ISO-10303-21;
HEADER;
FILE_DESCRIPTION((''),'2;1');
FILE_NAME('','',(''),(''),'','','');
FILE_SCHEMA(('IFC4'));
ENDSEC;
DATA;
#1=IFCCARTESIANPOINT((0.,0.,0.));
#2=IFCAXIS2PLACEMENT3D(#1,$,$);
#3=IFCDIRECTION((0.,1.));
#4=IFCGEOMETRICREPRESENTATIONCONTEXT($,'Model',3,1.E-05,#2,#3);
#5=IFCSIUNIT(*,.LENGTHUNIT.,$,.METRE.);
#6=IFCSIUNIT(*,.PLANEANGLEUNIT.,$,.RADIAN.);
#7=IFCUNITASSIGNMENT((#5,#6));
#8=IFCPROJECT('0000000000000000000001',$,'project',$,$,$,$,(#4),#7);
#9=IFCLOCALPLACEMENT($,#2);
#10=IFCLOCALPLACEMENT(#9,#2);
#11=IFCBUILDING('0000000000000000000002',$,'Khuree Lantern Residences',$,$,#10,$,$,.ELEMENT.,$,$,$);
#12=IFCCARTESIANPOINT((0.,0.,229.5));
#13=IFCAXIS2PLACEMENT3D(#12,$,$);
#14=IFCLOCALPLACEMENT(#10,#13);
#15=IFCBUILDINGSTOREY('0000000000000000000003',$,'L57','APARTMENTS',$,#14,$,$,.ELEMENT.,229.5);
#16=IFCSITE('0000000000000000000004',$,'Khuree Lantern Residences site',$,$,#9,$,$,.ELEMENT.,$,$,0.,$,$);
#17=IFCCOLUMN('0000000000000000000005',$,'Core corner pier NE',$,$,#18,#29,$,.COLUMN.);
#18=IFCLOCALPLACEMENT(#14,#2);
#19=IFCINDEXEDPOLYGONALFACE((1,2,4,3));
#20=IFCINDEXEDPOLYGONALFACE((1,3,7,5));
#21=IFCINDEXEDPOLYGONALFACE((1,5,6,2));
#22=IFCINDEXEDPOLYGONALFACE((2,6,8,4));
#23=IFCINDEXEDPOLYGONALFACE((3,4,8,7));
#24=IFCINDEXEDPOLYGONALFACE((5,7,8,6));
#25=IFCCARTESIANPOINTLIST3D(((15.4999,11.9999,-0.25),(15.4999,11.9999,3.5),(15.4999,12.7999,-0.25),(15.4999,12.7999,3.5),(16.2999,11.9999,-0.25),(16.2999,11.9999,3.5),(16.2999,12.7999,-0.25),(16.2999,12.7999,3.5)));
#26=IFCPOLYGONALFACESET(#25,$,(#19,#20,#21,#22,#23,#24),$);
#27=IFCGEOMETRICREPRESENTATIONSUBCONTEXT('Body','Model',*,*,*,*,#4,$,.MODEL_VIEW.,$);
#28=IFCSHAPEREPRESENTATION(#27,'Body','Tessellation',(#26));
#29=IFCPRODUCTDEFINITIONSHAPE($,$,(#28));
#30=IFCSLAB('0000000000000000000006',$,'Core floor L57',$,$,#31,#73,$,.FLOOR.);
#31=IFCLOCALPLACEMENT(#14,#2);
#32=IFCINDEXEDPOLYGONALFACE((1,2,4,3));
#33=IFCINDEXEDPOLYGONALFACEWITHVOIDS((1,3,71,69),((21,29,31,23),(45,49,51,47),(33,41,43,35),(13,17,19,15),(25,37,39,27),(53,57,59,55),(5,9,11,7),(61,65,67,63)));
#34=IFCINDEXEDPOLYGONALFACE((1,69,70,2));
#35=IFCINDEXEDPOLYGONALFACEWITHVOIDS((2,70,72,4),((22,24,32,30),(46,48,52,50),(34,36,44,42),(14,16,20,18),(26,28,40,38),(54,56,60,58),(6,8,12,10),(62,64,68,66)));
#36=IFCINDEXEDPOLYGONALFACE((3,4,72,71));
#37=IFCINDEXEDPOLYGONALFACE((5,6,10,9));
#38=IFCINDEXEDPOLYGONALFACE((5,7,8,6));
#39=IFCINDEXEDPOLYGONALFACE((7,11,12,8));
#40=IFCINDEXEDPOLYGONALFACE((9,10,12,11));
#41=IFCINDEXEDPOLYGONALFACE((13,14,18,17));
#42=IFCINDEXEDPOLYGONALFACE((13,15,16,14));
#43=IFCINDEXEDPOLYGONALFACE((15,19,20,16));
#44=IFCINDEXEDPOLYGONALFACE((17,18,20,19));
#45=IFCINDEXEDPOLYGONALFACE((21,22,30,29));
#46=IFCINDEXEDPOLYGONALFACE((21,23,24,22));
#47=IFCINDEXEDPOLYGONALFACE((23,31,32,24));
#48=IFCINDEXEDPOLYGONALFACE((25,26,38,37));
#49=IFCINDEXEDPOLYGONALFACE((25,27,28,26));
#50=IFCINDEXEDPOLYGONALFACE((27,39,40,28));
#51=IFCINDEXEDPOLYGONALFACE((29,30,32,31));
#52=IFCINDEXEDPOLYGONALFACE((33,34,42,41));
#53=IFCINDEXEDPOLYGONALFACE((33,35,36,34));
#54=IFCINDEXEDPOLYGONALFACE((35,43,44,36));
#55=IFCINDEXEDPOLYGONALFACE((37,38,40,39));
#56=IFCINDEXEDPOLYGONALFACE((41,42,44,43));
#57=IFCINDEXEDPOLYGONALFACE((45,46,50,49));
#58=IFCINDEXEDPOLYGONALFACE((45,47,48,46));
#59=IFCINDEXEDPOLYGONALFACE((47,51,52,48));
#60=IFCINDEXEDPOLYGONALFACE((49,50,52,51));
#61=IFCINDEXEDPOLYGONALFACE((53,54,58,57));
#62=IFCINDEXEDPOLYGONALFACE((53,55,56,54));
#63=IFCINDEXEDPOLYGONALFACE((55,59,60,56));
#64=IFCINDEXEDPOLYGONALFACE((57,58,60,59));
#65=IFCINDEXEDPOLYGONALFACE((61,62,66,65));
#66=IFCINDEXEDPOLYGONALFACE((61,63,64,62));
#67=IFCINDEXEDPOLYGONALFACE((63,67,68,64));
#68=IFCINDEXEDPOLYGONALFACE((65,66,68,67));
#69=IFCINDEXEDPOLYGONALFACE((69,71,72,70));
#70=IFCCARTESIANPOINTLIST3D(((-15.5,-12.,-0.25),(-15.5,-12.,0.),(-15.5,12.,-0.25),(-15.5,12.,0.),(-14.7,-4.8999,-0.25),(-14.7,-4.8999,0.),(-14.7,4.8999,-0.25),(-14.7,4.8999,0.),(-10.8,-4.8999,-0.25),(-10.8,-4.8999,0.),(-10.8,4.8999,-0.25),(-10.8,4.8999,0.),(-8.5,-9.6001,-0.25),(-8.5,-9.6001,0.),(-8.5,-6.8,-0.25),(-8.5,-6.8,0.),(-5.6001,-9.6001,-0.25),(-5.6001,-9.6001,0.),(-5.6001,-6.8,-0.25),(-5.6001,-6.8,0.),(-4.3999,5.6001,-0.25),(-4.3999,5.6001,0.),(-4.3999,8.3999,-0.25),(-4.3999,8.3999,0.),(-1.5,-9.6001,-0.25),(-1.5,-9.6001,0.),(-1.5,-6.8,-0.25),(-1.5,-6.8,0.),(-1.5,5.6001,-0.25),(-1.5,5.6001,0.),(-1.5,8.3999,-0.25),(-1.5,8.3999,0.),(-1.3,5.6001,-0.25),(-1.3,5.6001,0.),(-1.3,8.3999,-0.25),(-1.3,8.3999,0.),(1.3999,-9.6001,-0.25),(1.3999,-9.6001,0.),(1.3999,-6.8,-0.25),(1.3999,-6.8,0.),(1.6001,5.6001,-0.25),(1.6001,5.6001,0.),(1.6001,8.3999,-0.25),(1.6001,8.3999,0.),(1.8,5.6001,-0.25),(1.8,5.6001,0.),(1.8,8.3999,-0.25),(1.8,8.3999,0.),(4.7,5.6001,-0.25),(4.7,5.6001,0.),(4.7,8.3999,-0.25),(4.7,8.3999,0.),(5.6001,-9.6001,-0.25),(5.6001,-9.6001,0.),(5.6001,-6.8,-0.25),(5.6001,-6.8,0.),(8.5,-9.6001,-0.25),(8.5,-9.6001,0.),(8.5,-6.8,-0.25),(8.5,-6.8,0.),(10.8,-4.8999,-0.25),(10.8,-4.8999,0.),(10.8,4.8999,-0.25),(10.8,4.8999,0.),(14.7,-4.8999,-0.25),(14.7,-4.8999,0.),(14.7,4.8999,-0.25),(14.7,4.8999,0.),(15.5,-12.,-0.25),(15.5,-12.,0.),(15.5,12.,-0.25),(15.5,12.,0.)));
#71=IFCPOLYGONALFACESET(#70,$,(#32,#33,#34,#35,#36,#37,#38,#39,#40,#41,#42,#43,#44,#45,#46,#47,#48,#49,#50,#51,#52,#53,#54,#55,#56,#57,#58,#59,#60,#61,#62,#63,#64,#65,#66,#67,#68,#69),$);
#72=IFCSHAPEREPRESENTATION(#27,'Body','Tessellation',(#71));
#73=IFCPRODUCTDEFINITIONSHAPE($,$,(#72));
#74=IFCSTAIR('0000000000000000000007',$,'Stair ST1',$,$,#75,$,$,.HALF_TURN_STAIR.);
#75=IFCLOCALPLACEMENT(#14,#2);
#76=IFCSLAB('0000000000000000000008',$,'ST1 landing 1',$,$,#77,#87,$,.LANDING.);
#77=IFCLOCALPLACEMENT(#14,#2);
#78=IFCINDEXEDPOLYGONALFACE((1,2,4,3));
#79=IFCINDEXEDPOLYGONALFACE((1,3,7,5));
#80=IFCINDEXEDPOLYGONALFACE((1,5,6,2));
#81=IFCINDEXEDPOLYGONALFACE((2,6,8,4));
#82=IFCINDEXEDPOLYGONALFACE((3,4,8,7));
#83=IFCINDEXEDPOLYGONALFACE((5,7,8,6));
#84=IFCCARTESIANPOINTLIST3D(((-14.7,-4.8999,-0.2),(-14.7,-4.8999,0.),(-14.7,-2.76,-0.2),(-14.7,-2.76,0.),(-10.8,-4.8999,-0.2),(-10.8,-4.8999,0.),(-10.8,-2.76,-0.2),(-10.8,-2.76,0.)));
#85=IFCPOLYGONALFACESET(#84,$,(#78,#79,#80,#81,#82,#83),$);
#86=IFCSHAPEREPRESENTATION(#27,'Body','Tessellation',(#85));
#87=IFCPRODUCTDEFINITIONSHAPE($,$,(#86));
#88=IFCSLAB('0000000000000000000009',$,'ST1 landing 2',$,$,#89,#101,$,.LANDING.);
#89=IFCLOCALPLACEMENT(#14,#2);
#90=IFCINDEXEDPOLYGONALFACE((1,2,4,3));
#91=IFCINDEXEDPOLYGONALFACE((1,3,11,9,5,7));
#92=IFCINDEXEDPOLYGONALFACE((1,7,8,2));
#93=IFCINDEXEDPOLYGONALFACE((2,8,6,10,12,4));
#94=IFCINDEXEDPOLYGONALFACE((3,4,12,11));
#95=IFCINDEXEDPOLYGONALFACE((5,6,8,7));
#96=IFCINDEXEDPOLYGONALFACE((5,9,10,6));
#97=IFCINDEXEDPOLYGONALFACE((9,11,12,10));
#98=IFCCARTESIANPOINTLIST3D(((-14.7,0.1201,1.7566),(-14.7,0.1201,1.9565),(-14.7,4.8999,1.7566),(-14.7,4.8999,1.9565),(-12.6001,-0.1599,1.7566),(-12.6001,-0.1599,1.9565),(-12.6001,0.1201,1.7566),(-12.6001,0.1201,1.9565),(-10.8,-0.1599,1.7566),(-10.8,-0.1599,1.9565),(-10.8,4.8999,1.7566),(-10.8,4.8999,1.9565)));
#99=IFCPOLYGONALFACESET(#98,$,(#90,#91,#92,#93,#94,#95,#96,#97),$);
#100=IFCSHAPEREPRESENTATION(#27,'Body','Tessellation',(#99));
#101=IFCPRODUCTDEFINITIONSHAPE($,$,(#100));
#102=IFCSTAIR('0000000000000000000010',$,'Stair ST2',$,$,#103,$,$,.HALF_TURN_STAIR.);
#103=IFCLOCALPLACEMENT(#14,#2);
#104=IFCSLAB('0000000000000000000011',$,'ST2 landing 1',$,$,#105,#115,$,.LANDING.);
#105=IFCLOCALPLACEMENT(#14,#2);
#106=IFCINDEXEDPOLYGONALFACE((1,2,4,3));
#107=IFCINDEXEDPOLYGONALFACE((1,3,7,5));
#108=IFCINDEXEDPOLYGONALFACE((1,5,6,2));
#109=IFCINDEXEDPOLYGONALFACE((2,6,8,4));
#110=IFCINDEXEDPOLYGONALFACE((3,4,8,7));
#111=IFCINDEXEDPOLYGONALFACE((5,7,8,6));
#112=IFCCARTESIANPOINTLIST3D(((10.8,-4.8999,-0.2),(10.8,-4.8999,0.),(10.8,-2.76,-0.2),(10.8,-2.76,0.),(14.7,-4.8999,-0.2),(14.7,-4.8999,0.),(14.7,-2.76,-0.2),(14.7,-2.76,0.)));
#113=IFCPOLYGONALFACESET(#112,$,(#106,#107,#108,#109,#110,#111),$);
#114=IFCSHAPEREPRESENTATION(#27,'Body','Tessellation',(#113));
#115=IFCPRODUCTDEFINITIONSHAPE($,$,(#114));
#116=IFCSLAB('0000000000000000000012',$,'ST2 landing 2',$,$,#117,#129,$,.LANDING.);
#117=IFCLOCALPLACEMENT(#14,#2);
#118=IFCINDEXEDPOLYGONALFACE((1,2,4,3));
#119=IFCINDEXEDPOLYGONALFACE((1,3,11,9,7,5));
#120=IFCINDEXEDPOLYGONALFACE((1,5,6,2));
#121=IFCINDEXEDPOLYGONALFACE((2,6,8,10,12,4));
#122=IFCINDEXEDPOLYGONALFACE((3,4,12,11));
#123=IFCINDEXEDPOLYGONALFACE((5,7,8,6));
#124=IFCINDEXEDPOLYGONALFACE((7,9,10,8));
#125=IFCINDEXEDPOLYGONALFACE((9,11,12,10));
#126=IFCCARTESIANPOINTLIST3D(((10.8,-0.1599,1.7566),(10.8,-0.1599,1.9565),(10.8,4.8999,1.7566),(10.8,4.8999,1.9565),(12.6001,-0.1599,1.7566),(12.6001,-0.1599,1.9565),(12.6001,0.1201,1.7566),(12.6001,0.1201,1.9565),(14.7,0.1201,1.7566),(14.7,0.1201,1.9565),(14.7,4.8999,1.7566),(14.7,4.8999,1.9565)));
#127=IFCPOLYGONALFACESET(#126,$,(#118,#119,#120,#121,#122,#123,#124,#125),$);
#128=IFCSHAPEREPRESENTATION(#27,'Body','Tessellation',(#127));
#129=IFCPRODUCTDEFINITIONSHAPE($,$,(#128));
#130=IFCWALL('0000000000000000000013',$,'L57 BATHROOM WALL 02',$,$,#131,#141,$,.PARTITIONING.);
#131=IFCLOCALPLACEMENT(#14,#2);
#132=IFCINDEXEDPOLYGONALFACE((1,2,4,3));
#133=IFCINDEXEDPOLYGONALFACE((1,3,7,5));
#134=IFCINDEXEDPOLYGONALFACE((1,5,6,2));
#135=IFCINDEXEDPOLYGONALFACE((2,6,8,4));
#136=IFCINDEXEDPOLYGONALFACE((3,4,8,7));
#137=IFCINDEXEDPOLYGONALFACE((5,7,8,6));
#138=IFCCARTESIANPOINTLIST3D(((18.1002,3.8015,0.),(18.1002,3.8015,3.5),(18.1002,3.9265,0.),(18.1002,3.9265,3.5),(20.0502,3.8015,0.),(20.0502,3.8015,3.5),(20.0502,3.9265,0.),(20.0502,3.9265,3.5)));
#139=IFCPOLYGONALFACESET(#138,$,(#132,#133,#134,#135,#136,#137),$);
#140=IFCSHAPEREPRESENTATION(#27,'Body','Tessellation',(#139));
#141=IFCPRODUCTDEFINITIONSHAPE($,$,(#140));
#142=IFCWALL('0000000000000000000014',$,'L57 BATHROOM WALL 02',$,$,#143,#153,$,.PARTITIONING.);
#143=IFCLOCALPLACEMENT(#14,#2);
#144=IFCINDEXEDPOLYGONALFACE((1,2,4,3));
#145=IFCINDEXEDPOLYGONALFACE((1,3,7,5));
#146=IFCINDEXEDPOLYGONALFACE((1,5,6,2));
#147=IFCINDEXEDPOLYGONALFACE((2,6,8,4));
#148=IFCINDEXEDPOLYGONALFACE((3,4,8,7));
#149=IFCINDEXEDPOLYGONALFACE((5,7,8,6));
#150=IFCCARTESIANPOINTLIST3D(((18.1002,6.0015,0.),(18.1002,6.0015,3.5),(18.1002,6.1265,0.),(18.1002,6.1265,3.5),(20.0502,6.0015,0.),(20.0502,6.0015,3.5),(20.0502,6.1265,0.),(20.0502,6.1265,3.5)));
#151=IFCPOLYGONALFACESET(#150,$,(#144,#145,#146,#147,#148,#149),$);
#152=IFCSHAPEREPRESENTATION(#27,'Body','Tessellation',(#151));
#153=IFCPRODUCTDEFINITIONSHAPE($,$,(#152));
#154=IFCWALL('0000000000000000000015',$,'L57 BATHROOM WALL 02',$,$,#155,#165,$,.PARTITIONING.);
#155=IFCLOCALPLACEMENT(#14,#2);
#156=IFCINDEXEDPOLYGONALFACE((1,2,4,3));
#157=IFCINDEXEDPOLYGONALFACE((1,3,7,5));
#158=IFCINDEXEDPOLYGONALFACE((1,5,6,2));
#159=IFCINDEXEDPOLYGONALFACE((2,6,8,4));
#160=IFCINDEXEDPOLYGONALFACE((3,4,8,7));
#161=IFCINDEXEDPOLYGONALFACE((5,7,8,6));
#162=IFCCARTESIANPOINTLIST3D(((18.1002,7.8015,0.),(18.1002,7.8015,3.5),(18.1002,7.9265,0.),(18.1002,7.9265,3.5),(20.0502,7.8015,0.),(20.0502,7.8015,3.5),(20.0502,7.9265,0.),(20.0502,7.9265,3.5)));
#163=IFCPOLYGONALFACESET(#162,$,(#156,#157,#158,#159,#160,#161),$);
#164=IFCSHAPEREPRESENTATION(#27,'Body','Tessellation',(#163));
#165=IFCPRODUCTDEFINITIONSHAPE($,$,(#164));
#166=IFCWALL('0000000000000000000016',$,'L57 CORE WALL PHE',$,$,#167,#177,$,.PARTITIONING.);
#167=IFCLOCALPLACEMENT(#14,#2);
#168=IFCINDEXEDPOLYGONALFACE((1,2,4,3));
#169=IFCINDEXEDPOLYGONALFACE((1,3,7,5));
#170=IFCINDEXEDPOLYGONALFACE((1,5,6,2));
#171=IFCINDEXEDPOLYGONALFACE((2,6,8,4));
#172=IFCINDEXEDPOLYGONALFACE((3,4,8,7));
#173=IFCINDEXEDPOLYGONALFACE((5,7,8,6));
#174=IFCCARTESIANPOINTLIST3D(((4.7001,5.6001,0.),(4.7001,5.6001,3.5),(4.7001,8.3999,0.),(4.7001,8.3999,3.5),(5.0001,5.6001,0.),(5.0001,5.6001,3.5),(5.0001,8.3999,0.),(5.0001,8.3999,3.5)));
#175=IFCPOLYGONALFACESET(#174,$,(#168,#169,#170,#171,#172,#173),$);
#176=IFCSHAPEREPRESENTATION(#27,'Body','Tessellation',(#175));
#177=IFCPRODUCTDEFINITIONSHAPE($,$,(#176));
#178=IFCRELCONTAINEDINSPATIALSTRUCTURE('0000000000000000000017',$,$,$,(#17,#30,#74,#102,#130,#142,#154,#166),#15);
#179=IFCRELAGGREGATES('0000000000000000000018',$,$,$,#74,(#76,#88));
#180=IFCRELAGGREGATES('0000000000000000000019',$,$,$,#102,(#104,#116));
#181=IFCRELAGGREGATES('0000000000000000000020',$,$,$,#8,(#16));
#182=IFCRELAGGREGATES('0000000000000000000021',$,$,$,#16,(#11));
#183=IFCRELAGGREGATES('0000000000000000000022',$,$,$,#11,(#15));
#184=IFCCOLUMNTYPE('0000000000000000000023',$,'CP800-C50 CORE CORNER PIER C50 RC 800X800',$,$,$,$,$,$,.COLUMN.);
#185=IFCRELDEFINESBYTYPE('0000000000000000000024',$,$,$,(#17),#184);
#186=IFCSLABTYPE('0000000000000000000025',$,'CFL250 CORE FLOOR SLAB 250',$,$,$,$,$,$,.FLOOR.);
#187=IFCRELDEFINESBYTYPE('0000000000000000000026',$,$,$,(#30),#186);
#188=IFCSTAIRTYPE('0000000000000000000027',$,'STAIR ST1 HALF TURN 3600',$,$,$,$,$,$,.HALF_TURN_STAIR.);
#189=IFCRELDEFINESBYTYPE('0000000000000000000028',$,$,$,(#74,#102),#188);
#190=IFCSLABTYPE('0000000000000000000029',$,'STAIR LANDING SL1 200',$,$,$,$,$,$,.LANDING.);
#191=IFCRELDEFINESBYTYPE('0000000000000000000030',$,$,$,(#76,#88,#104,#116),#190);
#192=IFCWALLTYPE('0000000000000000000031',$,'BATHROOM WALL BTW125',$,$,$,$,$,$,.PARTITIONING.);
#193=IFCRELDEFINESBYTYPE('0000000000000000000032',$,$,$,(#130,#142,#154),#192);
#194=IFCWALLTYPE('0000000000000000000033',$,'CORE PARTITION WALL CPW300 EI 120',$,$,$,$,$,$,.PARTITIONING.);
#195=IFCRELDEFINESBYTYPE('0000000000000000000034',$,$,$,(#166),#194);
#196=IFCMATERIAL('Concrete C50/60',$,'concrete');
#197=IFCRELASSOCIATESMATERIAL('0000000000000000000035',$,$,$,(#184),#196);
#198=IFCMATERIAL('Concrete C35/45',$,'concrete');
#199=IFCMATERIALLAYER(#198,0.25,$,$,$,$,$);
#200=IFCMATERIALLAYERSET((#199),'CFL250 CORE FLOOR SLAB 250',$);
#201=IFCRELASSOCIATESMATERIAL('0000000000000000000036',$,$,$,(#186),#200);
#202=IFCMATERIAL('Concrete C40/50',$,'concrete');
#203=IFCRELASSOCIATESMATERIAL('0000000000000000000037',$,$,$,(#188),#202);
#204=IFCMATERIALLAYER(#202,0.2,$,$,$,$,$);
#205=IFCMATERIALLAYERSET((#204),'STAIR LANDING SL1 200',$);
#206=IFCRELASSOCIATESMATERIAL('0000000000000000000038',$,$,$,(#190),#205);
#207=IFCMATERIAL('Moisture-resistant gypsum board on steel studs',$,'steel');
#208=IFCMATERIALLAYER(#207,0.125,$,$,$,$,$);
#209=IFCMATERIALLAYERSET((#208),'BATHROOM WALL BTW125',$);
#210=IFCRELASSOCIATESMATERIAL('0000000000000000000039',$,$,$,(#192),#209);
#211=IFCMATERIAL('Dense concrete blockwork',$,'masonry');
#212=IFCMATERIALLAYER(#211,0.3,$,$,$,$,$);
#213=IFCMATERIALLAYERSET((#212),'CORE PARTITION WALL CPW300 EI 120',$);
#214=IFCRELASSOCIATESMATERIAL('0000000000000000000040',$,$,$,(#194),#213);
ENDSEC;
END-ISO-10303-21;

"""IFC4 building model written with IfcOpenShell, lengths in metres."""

from ifc_helpers import new_model, si_unit, direction, frame, frame_2d, origin, origin_2d, place, context, subcontext, project, spatial, polyline, rectangle, outline, extrude, material, layer, layer_set, material_profile, profile_set, type_object, element, aggregate, save


model = new_model("IFC4")

# Units and contexts
model_context = context("Model", 3, precision=1e-05, world=origin(), true_north=direction((0.0, 1.0)))
body_context = subcontext(model_context, "Body", "Model", "MODEL_VIEW")
ifc_project = project(units=[si_unit("LENGTHUNIT", "METRE"), si_unit("PLANEANGLEUNIT", "RADIAN")], contexts=[model_context])

# Site, building, storey
site_placement = place(None, origin())
site = spatial("IfcSite", under=ifc_project, at=site_placement, Name="Khuree Lantern Residences site", CompositionType="ELEMENT", RefElevation=0.0)
building_placement = place(site_placement, origin())
building = spatial("IfcBuilding", under=site, at=building_placement, Name="Khuree Lantern Residences", CompositionType="ELEMENT")
storey_placement = place(building_placement, frame((0.0, 0.0, 229.5)))
storey = spatial("IfcBuildingStorey", under=building, at=storey_placement, Name="L57", Description="APARTMENTS", CompositionType="ELEMENT", Elevation=229.5)

# Column
ifc_material_1 = material(Name="Concrete C50/60", Category="concrete")
ifc_material_profile = material_profile(ifc_material_1, rectangle(XDim=0.8, YDim=0.8, at=origin_2d()), Name="RC 800X800")
ifc_profile_set = profile_set([ifc_material_profile], Name="Concrete C50/60")
column_type = type_object("IfcColumnType", Name="CP800-C50 CORE CORNER PIER C50 RC 800X800", PredefinedType="COLUMN", material=ifc_profile_set)
column_placement = place(storey_placement, frame((15.8999, 12.3999, -0.25), z_axis=(0.0, 0.0, 1.0), x_axis=(1.0, 0.0, 0.0)))
element("IfcColumn", 1, at=column_placement, inside=storey, type_object=column_type, Name="Core corner pier NE", PredefinedType="COLUMN", context=body_context, shape_type="SweptSolid", body=[
    extrude(rectangle(XDim=0.8, YDim=0.8, at=origin_2d()), origin(), (0.0, 0.0, 1.0), 3.75),
])

# Slab
ifc_material_2 = material(Name="Concrete C35/45", Category="concrete")
ifc_layer_1 = layer(ifc_material_2, 0.25)
ifc_layer_set_1 = layer_set([ifc_layer_1], Name="CFL250 CORE FLOOR SLAB 250")
slab_type_1 = type_object("IfcSlabType", Name="CFL250 CORE FLOOR SLAB 250", PredefinedType="FLOOR", material=ifc_layer_set_1)
slab_1_placement = place(storey_placement, frame((0.0, 0.0, -0.25)))
element("IfcSlab", 2, at=slab_1_placement, inside=storey, type_object=slab_type_1, Name="Core floor L57", PredefinedType="FLOOR", context=body_context, shape_type="SweptSolid", body=[
    extrude(outline(polyline([(-15.5, -12.0), (-15.5, 12.0), (15.5, 12.0), (15.5, -12.0), (-15.5, -12.0)]), holes=[polyline([(10.8, 4.8999), (10.8, -4.8999), (14.7, -4.8999), (14.7, 4.8999), (10.8, 4.8999)]), polyline([(5.6001, -6.8), (5.6001, -9.6001), (8.5, -9.6001), (8.5, -6.8), (5.6001, -6.8)]), polyline([(1.8, 8.3999), (1.8, 5.6001), (4.7, 5.6001), (4.7, 8.3999), (1.8, 8.3999)]), polyline([(-1.3, 8.3999), (-1.3, 5.6001), (1.6001, 5.6001), (1.6001, 8.3999), (-1.3, 8.3999)]), polyline([(-1.5, -6.8), (-1.5, -9.6001), (1.3999, -9.6001), (1.3999, -6.8), (-1.5, -6.8)]), polyline([(-4.3999, 8.3999), (-4.3999, 5.6001), (-1.5, 5.6001), (-1.5, 8.3999), (-4.3999, 8.3999)]), polyline([(-8.5, -6.8), (-8.5, -9.6001), (-5.6001, -9.6001), (-5.6001, -6.8), (-8.5, -6.8)]), polyline([(-14.7, 4.8999), (-14.7, -4.8999), (-10.8, -4.8999), (-10.8, 4.8999), (-14.7, 4.8999)])]), origin(), (0.0, 0.0, 1.0), 0.25),
])

# Stairs, slabs
ifc_material_3 = material(Name="Concrete C40/50", Category="concrete")
stair_type = type_object("IfcStairType", Name="STAIR ST1 HALF TURN 3600", PredefinedType="HALF_TURN_STAIR", material=ifc_material_3)
stair_1_placement = place(storey_placement, origin())
stair_1 = element("IfcStair", 3, at=stair_1_placement, inside=storey, type_object=stair_type, Name="Stair ST1", PredefinedType="HALF_TURN_STAIR")
ifc_layer_2 = layer(ifc_material_3, 0.2)
ifc_layer_set_2 = layer_set([ifc_layer_2], Name="STAIR LANDING SL1 200")
slab_type_2 = type_object("IfcSlabType", Name="STAIR LANDING SL1 200", PredefinedType="LANDING", material=ifc_layer_set_2)
slab_2_placement = place(storey_placement, frame((0.0, 0.0, -0.2)))
slab_2 = element("IfcSlab", 4, at=slab_2_placement, type_object=slab_type_2, Name="ST1 landing 1", PredefinedType="LANDING", context=body_context, shape_type="SweptSolid", body=[
    extrude(outline(polyline([(-14.7, -4.8999), (-10.8, -4.8999), (-10.8, -2.76), (-14.7, -2.76), (-14.7, -4.8999)])), origin(), (0.0, 0.0, 1.0), 0.2),
])
slab_3_placement = place(storey_placement, frame((0.0, 0.0, 1.7566)))
slab_3 = element("IfcSlab", 5, at=slab_3_placement, type_object=slab_type_2, Name="ST1 landing 2", PredefinedType="LANDING", context=body_context, shape_type="SweptSolid", body=[
    extrude(outline(polyline([(-14.7, 0.1201), (-14.7, 4.8999), (-10.8, 4.8999), (-10.8, -0.1599), (-12.6001, -0.1599), (-12.6001, 0.1201), (-14.7, 0.1201)])), origin(), (0.0, 0.0, 1.0), 0.2),
])
aggregate(stair_1, [slab_2, slab_3])
stair_2_placement = place(storey_placement, origin())
stair_2 = element("IfcStair", 6, at=stair_2_placement, inside=storey, type_object=stair_type, Name="Stair ST2", PredefinedType="HALF_TURN_STAIR")
slab_4_placement = place(storey_placement, frame((0.0, 0.0, -0.2)))
slab_4 = element("IfcSlab", 7, at=slab_4_placement, type_object=slab_type_2, Name="ST2 landing 1", PredefinedType="LANDING", context=body_context, shape_type="SweptSolid", body=[
    extrude(outline(polyline([(10.8, -4.8999), (14.7, -4.8999), (14.7, -2.76), (10.8, -2.76), (10.8, -4.8999)])), origin(), (0.0, 0.0, 1.0), 0.2),
])
slab_5_placement = place(storey_placement, frame((0.0, 0.0, 1.7566)))
slab_5 = element("IfcSlab", 8, at=slab_5_placement, type_object=slab_type_2, Name="ST2 landing 2", PredefinedType="LANDING", context=body_context, shape_type="SweptSolid", body=[
    extrude(outline(polyline([(14.7, 4.8999), (14.7, 0.1201), (12.6001, 0.1201), (12.6001, -0.1599), (10.8, -0.1599), (10.8, 4.8999), (14.7, 4.8999)])), origin(), (0.0, 0.0, 1.0), 0.2),
])
aggregate(stair_2, [slab_4, slab_5])

# Walls
ifc_material_4 = material(Name="Moisture-resistant gypsum board on steel studs", Category="steel")
ifc_layer_3 = layer(ifc_material_4, 0.125)
ifc_layer_set_3 = layer_set([ifc_layer_3], Name="BATHROOM WALL BTW125")
wall_type_1 = type_object("IfcWallType", Name="BATHROOM WALL BTW125", PredefinedType="PARTITIONING", material=ifc_layer_set_3)
for number, where, z_axis, x_axis, name in (
    (9, (18.1001, 3.864, 0.0), (0.0, 0.0, 1.0), (1.0, 0.0, 0.0), "L57 BATHROOM WALL 02"),
    (10, (18.1001, 6.064, 0.0), (0.0, 0.0, 1.0), (1.0, 0.0, 0.0), "L57 BATHROOM WALL 02"),
    (11, (18.1001, 7.864, 0.0), (0.0, 0.0, 1.0), (1.0, 0.0, 0.0), "L57 BATHROOM WALL 02"),
):
    element("IfcWall", number, at=place(storey_placement, frame(where, z_axis=z_axis, x_axis=x_axis)), inside=storey, type_object=wall_type_1, Name=name, PredefinedType="PARTITIONING", context=body_context, shape_type="SweptSolid", body=[
        extrude(rectangle(XDim=1.95, YDim=0.125, at=frame_2d((0.9751, 0.0))), origin(), (0.0, 0.0, 1.0), 3.5),
    ])
ifc_material_5 = material(Name="Dense concrete blockwork", Category="masonry")
ifc_layer_4 = layer(ifc_material_5, 0.3)
ifc_layer_set_4 = layer_set([ifc_layer_4], Name="CORE PARTITION WALL CPW300 EI 120")
wall_type_2 = type_object("IfcWallType", Name="CORE PARTITION WALL CPW300 EI 120", PredefinedType="PARTITIONING", material=ifc_layer_set_4)
wall_1_placement = place(storey_placement, frame((4.8501, 5.6001, 0.0), z_axis=(0.0, 0.0, 1.0), x_axis=(0.0, 1.0, 0.0)))
element("IfcWall", 12, at=wall_1_placement, inside=storey, type_object=wall_type_2, Name="L57 CORE WALL PHE", PredefinedType="PARTITIONING", context=body_context, shape_type="SweptSolid", body=[
    extrude(rectangle(XDim=2.7998, YDim=0.3, at=frame_2d((1.3999, 0.0))), origin(), (0.0, 0.0, 1.0), 3.5),
])

save(model, "model.ifc")
